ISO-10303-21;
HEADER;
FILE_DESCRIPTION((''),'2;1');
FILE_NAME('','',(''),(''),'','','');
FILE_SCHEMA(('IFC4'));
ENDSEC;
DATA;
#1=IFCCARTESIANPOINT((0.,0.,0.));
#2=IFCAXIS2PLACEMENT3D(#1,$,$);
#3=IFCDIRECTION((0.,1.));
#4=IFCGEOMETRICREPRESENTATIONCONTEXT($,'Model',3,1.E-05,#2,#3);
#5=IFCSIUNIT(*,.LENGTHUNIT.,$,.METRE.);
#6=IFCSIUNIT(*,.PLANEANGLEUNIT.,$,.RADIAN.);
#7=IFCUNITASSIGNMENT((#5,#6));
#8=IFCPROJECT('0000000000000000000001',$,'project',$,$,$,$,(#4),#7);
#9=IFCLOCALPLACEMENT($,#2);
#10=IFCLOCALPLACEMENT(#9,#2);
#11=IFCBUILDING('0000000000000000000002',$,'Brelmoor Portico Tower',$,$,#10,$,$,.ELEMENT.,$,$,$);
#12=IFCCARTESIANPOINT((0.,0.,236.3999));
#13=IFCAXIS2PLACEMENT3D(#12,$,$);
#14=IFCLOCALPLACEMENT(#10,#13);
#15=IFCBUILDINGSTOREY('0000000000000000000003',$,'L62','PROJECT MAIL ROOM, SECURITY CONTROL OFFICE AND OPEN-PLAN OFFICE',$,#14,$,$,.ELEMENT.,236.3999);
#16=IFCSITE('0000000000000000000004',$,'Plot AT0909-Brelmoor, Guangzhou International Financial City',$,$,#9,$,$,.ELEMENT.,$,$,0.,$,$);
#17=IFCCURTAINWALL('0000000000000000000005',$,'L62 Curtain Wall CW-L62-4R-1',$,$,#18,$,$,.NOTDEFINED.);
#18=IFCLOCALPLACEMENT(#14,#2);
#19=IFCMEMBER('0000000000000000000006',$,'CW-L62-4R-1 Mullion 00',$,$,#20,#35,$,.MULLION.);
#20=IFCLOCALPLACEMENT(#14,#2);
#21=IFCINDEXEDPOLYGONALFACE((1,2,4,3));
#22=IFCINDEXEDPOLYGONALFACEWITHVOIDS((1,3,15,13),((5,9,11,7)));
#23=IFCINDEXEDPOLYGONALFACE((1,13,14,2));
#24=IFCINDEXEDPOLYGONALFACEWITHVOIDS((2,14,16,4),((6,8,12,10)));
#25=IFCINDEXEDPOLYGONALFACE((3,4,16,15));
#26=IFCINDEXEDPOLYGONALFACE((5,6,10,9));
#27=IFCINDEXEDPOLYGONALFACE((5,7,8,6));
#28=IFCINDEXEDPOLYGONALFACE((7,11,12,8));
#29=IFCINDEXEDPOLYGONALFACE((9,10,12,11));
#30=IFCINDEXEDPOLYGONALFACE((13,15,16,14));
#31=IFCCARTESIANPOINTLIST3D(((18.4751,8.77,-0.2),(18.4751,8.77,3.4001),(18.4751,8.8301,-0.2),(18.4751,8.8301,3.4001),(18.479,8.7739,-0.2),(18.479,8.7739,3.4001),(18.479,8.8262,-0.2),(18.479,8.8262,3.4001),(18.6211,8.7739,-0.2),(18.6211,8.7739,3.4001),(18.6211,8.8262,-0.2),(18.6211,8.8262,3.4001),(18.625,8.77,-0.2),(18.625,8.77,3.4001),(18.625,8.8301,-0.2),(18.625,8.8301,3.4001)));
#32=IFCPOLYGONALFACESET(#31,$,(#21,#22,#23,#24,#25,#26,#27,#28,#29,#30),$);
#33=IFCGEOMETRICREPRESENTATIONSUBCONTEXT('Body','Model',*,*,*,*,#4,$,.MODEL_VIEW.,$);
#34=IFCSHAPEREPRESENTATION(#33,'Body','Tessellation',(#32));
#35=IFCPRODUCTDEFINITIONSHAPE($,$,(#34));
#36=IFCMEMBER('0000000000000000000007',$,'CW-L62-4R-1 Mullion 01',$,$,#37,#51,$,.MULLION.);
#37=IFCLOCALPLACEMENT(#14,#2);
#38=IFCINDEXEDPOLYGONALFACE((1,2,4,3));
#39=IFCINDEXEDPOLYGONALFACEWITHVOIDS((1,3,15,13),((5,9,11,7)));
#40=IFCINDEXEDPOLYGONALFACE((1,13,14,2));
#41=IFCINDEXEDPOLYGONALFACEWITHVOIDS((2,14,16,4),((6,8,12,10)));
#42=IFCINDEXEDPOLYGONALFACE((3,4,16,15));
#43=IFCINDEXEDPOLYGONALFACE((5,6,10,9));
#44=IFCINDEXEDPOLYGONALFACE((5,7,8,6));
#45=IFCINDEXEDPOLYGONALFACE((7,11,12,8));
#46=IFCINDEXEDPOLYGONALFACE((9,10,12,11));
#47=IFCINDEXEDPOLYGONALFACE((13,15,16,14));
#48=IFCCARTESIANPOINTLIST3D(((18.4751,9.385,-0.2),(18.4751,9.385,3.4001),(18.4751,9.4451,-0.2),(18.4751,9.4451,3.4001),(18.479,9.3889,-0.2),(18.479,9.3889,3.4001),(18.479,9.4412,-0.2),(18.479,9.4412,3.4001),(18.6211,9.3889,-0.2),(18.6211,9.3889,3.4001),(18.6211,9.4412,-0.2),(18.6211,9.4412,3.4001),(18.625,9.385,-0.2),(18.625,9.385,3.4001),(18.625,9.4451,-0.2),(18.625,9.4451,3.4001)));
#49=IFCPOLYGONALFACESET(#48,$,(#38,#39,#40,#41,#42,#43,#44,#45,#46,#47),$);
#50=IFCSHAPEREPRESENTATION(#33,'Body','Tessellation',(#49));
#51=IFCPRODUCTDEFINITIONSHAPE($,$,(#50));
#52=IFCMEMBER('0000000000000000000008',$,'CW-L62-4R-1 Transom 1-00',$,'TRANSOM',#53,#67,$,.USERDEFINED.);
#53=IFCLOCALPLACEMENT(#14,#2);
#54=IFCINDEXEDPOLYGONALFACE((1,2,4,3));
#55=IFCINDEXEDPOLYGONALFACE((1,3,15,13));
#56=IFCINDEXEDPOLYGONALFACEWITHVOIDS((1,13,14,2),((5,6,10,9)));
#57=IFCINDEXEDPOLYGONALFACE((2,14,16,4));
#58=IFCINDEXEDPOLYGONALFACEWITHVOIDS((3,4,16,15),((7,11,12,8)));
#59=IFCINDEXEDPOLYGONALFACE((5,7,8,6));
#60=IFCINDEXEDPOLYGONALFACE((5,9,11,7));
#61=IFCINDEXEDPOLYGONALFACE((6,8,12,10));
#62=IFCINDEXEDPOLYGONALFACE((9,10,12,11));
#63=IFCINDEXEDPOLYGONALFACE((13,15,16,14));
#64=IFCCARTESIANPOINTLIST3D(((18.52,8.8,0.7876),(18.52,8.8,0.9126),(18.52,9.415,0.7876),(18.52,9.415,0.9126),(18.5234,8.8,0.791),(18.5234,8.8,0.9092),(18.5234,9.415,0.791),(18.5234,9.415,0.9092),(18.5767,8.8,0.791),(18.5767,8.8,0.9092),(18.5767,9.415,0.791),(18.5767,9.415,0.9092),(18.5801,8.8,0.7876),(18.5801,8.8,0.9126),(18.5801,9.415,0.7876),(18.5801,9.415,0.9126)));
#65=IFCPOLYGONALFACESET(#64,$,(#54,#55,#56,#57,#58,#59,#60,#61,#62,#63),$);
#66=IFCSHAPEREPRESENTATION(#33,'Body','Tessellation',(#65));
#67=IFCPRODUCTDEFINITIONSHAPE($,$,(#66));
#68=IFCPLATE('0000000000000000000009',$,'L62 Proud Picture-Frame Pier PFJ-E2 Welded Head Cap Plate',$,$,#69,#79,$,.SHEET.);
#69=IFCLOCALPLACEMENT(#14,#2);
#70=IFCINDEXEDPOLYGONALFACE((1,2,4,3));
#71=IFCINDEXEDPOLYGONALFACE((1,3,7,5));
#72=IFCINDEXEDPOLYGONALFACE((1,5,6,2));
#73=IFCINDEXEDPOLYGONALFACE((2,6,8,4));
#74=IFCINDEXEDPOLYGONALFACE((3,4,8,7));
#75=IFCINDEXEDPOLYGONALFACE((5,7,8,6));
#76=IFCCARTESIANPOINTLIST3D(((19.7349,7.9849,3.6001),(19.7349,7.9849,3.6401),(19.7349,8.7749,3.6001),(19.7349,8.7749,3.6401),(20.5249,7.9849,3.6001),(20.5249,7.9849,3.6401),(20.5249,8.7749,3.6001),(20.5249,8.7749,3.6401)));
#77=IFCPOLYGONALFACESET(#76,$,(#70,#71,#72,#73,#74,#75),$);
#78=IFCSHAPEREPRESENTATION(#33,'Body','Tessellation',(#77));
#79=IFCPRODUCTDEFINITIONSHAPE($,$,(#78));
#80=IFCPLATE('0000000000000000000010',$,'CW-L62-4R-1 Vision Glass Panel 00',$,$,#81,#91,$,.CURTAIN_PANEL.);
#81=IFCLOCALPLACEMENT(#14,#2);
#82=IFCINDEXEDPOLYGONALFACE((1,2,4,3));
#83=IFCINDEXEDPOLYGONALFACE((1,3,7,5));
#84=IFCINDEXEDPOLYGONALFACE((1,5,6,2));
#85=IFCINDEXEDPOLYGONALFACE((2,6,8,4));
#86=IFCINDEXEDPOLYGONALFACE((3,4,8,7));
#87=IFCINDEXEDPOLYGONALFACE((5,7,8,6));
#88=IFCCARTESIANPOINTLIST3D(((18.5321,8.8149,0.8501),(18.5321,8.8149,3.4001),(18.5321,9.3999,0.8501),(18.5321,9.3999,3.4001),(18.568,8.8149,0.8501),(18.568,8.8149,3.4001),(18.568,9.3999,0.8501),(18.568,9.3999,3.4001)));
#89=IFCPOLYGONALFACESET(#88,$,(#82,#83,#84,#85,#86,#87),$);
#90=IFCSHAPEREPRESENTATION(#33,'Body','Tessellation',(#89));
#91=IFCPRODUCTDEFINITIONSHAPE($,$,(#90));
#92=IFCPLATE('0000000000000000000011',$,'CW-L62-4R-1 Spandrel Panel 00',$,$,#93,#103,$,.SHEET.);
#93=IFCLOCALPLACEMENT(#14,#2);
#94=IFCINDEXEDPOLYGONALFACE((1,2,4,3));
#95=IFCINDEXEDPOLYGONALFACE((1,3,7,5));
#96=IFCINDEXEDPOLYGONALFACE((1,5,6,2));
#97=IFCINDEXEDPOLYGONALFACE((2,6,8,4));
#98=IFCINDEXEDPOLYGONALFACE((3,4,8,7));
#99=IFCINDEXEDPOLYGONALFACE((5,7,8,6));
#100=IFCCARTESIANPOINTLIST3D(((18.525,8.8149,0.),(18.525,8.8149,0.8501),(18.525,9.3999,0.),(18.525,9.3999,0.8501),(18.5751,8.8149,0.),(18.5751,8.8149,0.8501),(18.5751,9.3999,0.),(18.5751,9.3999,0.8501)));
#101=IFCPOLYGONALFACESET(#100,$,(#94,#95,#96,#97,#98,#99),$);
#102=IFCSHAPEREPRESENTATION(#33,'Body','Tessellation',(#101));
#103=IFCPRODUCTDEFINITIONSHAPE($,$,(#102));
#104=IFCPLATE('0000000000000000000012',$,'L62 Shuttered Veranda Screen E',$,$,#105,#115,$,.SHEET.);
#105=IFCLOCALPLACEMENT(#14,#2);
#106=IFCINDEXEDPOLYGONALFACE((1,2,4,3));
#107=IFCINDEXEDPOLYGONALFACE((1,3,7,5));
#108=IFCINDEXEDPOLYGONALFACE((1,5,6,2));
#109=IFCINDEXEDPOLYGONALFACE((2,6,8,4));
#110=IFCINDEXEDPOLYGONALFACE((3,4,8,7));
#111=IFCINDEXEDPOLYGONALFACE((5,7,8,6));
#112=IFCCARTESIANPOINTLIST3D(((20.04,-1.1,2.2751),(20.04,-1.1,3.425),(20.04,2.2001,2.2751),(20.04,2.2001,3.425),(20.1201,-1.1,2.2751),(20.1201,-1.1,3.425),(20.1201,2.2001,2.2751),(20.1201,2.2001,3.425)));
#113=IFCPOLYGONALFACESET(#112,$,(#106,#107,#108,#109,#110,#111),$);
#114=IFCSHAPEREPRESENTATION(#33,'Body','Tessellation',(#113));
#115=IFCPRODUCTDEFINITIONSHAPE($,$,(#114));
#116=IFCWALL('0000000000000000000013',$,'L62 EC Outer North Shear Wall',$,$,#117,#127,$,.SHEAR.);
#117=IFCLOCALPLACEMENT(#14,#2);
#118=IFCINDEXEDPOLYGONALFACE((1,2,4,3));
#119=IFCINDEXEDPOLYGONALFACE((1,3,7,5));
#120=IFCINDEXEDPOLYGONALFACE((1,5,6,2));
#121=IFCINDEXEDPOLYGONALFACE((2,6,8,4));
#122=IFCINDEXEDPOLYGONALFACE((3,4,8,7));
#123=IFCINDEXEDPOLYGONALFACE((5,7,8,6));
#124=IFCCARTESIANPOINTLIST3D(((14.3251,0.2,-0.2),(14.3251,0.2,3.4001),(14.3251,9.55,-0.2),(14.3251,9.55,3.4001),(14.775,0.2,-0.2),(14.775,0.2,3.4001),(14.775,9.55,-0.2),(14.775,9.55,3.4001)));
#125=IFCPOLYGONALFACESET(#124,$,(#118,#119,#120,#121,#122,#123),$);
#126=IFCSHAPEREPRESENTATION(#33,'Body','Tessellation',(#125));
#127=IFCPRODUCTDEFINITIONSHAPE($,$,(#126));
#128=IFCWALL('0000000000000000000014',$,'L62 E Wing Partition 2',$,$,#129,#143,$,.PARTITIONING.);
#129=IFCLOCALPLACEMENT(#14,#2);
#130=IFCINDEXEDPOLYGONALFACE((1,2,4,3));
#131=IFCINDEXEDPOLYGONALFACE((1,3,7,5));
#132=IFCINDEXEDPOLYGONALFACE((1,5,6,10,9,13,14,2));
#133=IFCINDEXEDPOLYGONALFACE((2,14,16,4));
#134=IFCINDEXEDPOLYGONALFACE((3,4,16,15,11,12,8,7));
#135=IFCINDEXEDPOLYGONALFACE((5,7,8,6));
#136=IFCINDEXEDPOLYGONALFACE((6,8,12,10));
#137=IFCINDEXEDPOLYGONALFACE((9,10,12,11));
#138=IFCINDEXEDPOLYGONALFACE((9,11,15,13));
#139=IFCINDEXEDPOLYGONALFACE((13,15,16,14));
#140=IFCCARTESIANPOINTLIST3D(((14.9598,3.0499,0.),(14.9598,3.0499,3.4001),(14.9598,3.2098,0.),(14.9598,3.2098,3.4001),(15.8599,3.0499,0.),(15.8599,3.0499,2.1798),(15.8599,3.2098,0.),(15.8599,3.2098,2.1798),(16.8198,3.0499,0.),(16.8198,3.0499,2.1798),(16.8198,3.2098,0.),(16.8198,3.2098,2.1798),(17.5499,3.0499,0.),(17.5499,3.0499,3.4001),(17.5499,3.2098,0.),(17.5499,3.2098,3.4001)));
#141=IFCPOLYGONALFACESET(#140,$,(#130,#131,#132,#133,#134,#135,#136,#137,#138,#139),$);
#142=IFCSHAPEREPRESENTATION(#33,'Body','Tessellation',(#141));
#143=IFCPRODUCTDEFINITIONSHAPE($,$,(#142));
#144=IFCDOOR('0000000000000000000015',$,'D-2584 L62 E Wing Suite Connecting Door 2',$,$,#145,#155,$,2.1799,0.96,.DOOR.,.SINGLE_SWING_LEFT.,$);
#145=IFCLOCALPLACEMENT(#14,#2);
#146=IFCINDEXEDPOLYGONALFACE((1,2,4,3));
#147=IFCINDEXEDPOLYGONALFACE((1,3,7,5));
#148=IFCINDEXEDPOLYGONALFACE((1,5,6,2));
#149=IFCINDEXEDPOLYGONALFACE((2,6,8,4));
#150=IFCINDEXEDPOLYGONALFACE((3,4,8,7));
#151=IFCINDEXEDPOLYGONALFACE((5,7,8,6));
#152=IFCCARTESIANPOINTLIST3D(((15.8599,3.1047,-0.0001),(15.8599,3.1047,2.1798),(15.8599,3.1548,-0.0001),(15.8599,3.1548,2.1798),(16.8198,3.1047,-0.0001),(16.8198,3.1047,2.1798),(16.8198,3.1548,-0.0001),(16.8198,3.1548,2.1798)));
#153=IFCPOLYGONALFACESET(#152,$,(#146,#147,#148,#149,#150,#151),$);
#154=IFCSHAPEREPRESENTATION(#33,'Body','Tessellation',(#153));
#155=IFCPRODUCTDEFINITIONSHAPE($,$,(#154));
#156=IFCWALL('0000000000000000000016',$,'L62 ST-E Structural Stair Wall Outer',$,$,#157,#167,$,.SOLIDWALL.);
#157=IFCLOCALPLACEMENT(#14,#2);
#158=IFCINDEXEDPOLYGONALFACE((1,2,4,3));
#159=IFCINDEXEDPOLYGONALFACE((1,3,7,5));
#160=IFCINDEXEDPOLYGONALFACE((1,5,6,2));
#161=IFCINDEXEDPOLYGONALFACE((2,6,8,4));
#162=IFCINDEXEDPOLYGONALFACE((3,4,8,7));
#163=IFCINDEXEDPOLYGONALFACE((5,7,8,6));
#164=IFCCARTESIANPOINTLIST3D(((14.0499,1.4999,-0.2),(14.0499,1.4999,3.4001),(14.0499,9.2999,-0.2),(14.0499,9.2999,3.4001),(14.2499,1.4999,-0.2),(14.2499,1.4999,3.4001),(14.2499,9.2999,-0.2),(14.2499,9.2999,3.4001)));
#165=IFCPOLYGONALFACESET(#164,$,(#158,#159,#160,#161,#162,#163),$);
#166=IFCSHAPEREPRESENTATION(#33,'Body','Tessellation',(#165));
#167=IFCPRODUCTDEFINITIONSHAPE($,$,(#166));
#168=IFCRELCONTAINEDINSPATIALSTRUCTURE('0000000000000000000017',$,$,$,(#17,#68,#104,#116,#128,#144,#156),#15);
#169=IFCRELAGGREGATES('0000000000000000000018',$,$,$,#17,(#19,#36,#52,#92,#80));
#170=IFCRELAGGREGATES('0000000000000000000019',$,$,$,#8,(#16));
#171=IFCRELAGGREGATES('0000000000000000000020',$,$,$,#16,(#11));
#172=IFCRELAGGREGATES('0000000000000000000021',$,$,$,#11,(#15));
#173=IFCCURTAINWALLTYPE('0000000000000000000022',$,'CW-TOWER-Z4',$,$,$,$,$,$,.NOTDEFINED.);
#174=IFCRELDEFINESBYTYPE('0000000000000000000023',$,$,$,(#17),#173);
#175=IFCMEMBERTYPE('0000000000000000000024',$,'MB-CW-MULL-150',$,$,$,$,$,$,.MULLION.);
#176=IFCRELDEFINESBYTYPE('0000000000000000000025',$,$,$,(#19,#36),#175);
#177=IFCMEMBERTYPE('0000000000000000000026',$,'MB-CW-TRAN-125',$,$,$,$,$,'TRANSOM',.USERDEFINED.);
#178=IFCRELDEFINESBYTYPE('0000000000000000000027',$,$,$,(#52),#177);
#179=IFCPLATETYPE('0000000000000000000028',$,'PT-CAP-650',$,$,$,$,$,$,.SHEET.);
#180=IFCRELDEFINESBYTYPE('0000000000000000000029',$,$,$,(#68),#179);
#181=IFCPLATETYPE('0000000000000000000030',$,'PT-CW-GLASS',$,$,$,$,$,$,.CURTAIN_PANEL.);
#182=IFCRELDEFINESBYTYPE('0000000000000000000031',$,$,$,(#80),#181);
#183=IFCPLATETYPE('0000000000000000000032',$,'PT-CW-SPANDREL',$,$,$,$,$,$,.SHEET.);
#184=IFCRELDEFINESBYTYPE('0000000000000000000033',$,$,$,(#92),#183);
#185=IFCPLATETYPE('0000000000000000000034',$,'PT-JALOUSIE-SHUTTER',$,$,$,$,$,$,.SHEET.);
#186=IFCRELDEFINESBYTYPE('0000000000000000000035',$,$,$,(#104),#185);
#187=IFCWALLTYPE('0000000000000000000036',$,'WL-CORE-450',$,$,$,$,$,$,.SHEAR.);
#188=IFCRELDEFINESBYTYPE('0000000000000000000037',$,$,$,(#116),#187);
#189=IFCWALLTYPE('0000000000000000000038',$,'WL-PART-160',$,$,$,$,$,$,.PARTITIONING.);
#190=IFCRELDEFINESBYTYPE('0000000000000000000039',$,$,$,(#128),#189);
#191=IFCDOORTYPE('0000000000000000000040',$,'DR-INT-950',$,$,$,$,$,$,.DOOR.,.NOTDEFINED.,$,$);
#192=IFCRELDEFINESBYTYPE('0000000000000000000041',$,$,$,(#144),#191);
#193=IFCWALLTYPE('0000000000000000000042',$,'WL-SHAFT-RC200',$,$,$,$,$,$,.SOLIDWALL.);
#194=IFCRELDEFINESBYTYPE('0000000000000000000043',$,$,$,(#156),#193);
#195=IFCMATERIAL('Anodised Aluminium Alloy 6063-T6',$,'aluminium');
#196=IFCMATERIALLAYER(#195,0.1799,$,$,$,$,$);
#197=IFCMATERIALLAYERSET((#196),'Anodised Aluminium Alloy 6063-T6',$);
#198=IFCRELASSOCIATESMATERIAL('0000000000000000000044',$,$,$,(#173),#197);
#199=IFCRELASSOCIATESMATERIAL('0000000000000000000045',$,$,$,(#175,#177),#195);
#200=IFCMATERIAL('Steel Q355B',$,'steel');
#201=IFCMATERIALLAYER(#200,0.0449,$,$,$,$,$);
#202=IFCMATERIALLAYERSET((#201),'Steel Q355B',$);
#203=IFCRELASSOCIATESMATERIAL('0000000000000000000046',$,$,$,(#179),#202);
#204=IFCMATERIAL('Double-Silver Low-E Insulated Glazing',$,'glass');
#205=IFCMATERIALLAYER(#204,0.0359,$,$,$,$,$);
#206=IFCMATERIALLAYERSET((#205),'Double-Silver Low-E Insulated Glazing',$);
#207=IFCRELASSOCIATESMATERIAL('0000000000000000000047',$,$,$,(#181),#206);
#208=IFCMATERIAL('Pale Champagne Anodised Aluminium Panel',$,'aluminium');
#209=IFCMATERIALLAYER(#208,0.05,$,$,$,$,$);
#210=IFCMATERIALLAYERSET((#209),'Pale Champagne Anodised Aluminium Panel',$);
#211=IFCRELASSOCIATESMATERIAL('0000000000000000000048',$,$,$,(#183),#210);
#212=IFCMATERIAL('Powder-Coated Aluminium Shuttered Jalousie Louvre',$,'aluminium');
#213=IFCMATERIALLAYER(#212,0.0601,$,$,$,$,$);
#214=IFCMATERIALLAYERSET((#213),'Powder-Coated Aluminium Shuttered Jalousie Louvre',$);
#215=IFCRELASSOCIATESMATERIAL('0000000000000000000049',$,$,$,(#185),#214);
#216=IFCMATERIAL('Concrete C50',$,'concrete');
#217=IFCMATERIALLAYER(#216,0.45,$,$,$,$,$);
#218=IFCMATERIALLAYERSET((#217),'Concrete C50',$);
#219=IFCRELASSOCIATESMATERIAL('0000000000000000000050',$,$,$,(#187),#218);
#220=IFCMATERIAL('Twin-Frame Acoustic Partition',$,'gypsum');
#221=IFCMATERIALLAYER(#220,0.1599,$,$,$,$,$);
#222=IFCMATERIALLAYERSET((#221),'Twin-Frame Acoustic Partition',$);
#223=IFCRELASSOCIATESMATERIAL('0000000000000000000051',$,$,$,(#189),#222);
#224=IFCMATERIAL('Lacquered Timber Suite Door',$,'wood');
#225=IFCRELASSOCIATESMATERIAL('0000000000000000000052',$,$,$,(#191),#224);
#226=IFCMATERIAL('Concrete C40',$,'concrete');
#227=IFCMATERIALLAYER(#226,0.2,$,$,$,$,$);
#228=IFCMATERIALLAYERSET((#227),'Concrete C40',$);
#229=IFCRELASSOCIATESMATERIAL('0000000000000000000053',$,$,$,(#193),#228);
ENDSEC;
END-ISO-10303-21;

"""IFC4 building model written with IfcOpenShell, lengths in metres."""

from ifc_helpers import new_model, si_unit, direction, frame, frame_2d, origin, origin_2d, place, context, subcontext, project, spatial, rectangle, hollow_rectangle, extrude, material, layer, layer_set, material_profile, profile_set, type_object, element, fill, aggregate, save


model = new_model("IFC4")

# Units and contexts
model_context = context("Model", 3, precision=1e-05, world=origin(), true_north=direction((0.0, 1.0)))
body_context = subcontext(model_context, "Body", "Model", "MODEL_VIEW")
ifc_project = project(units=[si_unit("LENGTHUNIT", "METRE"), si_unit("PLANEANGLEUNIT", "RADIAN")], contexts=[model_context])

# Site, building, storey
site_placement = place(None, origin())
site = spatial("IfcSite", under=ifc_project, at=site_placement, Name="Plot AT0909-Brelmoor, Guangzhou International Financial City", CompositionType="ELEMENT", RefElevation=0.0)
building_placement = place(site_placement, origin())
building = spatial("IfcBuilding", under=site, at=building_placement, Name="Brelmoor Portico Tower", CompositionType="ELEMENT")
storey_placement = place(building_placement, frame((0.0, 0.0, 236.3999)))
storey = spatial("IfcBuildingStorey", under=building, at=storey_placement, Name="L62", Description="PROJECT MAIL ROOM, SECURITY CONTROL OFFICE AND OPEN-PLAN OFFICE", CompositionType="ELEMENT", Elevation=236.3999)

# Shared definitions
ifc_material_1 = material(Name="Steel Q355B", Category="steel")

# Curtain wall, members
ifc_material_2 = material(Name="Anodised Aluminium Alloy 6063-T6", Category="aluminium")
ifc_layer_1 = layer(ifc_material_2, 0.1799)
ifc_layer_set_1 = layer_set([ifc_layer_1], Name="Anodised Aluminium Alloy 6063-T6")
curtain_wall_type = type_object("IfcCurtainWallType", Name="CW-TOWER-Z4", PredefinedType="NOTDEFINED", material=ifc_layer_set_1)
curtain_wall_placement = place(storey_placement, origin())
curtain_wall = element("IfcCurtainWall", 1, at=curtain_wall_placement, inside=storey, type_object=curtain_wall_type, Name="L62 Curtain Wall CW-L62-4R-1", PredefinedType="NOTDEFINED")
ifc_material_profile_1 = material_profile(ifc_material_2, hollow_rectangle(XDim=0.0601, YDim=0.1499, WallThickness=0.0039, at=origin_2d()), Name="ALU MULLION 60x150")
ifc_profile_set_1 = profile_set([ifc_material_profile_1], Name="Anodised Aluminium Alloy 6063-T6")
member_type_1 = type_object("IfcMemberType", Name="MB-CW-MULL-150", PredefinedType="MULLION", material=ifc_profile_set_1)
member_1_placement = place(storey_placement, frame((18.55, 8.8, -0.2), z_axis=(0.0, 0.0, 1.0), x_axis=(0.0, 1.0, 0.0)))
member_1 = element("IfcMember", 2, at=member_1_placement, type_object=member_type_1, Name="CW-L62-4R-1 Mullion 00", PredefinedType="MULLION", context=body_context, shape_type="SweptSolid", body=[
    extrude(hollow_rectangle(XDim=0.0601, YDim=0.1499, WallThickness=0.0039, at=origin_2d()), origin(), (0.0, 0.0, 1.0), 3.6001),
])
member_2_placement = place(storey_placement, frame((18.55, 9.415, -0.2), z_axis=(0.0, 0.0, 1.0), x_axis=(0.0, 1.0, 0.0)))
member_2 = element("IfcMember", 3, at=member_2_placement, type_object=member_type_1, Name="CW-L62-4R-1 Mullion 01", PredefinedType="MULLION", context=body_context, shape_type="SweptSolid", body=[
    extrude(hollow_rectangle(XDim=0.0601, YDim=0.1499, WallThickness=0.0039, at=origin_2d()), origin(), (0.0, 0.0, 1.0), 3.6001),
])
ifc_material_profile_2 = material_profile(ifc_material_2, hollow_rectangle(XDim=0.0601, YDim=0.125, WallThickness=0.0034, at=origin_2d()), Name="ALU TRANSOM 60x125")
ifc_profile_set_2 = profile_set([ifc_material_profile_2], Name="Anodised Aluminium Alloy 6063-T6")
member_type_2 = type_object("IfcMemberType", Name="MB-CW-TRAN-125", ElementType="TRANSOM", PredefinedType="USERDEFINED", material=ifc_profile_set_2)
member_3_placement = place(storey_placement, frame((18.55, 8.8, 0.8501), z_axis=(0.0, 1.0, 0.0), x_axis=(-1.0, 0.0, 0.0)))
member_3 = element("IfcMember", 4, at=member_3_placement, type_object=member_type_2, Name="CW-L62-4R-1 Transom 1-00", ObjectType="TRANSOM", PredefinedType="USERDEFINED", context=body_context, shape_type="SweptSolid", body=[
    extrude(hollow_rectangle(XDim=0.0601, YDim=0.125, WallThickness=0.0034, at=origin_2d()), origin(), (0.0, 0.0, 1.0), 0.615),
])

# Plates
ifc_layer_2 = layer(ifc_material_1, 0.0449)
ifc_layer_set_2 = layer_set([ifc_layer_2], Name="Steel Q355B")
plate_type_1 = type_object("IfcPlateType", Name="PT-CAP-650", PredefinedType="SHEET", material=ifc_layer_set_2)
plate_1_placement = place(storey_placement, frame((20.1299, 8.3799, 3.6001), z_axis=(0.0, 0.0, 1.0), x_axis=(0.0, 1.0, 0.0)))
element("IfcPlate", 5, at=plate_1_placement, inside=storey, type_object=plate_type_1, Name="L62 Proud Picture-Frame Pier PFJ-E2 Welded Head Cap Plate", PredefinedType="SHEET", context=body_context, shape_type="SweptSolid", body=[
    extrude(rectangle(XDim=0.79, YDim=0.79, at=origin_2d()), origin(), (0.0, 0.0, 1.0), 0.04),
])
ifc_material_3 = material(Name="Double-Silver Low-E Insulated Glazing", Category="glass")
ifc_layer_3 = layer(ifc_material_3, 0.0359)
ifc_layer_set_3 = layer_set([ifc_layer_3], Name="Double-Silver Low-E Insulated Glazing")
plate_type_2 = type_object("IfcPlateType", Name="PT-CW-GLASS", PredefinedType="CURTAIN_PANEL", material=ifc_layer_set_3)
plate_2_placement = place(storey_placement, frame((18.55, 9.1074, 0.8501), z_axis=(0.0, 0.0, 1.0), x_axis=(0.0, 1.0, 0.0)))
plate_2 = element("IfcPlate", 6, at=plate_2_placement, type_object=plate_type_2, Name="CW-L62-4R-1 Vision Glass Panel 00", PredefinedType="CURTAIN_PANEL", context=body_context, shape_type="SweptSolid", body=[
    extrude(rectangle(XDim=0.585, YDim=0.0359, at=origin_2d()), origin(), (0.0, 0.0, 1.0), 2.55),
])
ifc_material_4 = material(Name="Pale Champagne Anodised Aluminium Panel", Category="aluminium")
ifc_layer_4 = layer(ifc_material_4, 0.05)
ifc_layer_set_4 = layer_set([ifc_layer_4], Name="Pale Champagne Anodised Aluminium Panel")
plate_type_3 = type_object("IfcPlateType", Name="PT-CW-SPANDREL", PredefinedType="SHEET", material=ifc_layer_set_4)
plate_3_placement = place(storey_placement, frame((18.55, 9.1074, 0.0), z_axis=(0.0, 0.0, 1.0), x_axis=(0.0, 1.0, 0.0)))
plate_3 = element("IfcPlate", 7, at=plate_3_placement, type_object=plate_type_3, Name="CW-L62-4R-1 Spandrel Panel 00", PredefinedType="SHEET", context=body_context, shape_type="SweptSolid", body=[
    extrude(rectangle(XDim=0.585, YDim=0.05, at=origin_2d()), origin(), (0.0, 0.0, 1.0), 0.8501),
])
aggregate(curtain_wall, [member_1, member_2, member_3, plate_3, plate_2])
ifc_material_5 = material(Name="Powder-Coated Aluminium Shuttered Jalousie Louvre", Category="aluminium")
ifc_layer_5 = layer(ifc_material_5, 0.0601)
ifc_layer_set_5 = layer_set([ifc_layer_5], Name="Powder-Coated Aluminium Shuttered Jalousie Louvre")
plate_type_4 = type_object("IfcPlateType", Name="PT-JALOUSIE-SHUTTER", PredefinedType="SHEET", material=ifc_layer_set_5)
plate_4_placement = place(storey_placement, frame((20.0801, 0.55, 2.2751), z_axis=(0.0, 0.0, 1.0), x_axis=(0.0, 1.0, 0.0)))
element("IfcPlate", 8, at=plate_4_placement, inside=storey, type_object=plate_type_4, Name="L62 Shuttered Veranda Screen E", PredefinedType="SHEET", context=body_context, shape_type="SweptSolid", body=[
    extrude(rectangle(XDim=3.3, YDim=0.0801, at=origin_2d()), origin(), (0.0, 0.0, 1.0), 1.1499),
])

# Wall
ifc_material_6 = material(Name="Concrete C50", Category="concrete")
ifc_layer_6 = layer(ifc_material_6, 0.45)
ifc_layer_set_6 = layer_set([ifc_layer_6], Name="Concrete C50")
wall_type_1 = type_object("IfcWallType", Name="WL-CORE-450", PredefinedType="SHEAR", material=ifc_layer_set_6)
wall_1_placement = place(storey_placement, frame((14.55, 0.2, -0.2), z_axis=(0.0, 0.0, 1.0), x_axis=(0.0, 1.0, 0.0)))
element("IfcWall", 9, at=wall_1_placement, inside=storey, type_object=wall_type_1, Name="L62 EC Outer North Shear Wall", PredefinedType="SHEAR", context=body_context, shape_type="SweptSolid", body=[
    extrude(rectangle(XDim=9.3501, YDim=0.45, at=frame_2d((4.675, 0.0))), origin(), (0.0, 0.0, 1.0), 3.6001),
])

# Wall, opening, door
ifc_material_7 = material(Name="Twin-Frame Acoustic Partition", Category="gypsum")
ifc_layer_7 = layer(ifc_material_7, 0.1599)
ifc_layer_set_7 = layer_set([ifc_layer_7], Name="Twin-Frame Acoustic Partition")
wall_type_2 = type_object("IfcWallType", Name="WL-PART-160", PredefinedType="PARTITIONING", material=ifc_layer_set_7)
wall_2_placement = place(storey_placement, frame((14.96, 3.1299, 0.0), z_axis=(0.0, 0.0, 1.0), x_axis=(1.0, 0.0, 0.0)))
wall_2 = element("IfcWall", 10, at=wall_2_placement, inside=storey, type_object=wall_type_2, Name="L62 E Wing Partition 2", PredefinedType="PARTITIONING", context=body_context, shape_type="SweptSolid", body=[
    extrude(rectangle(XDim=2.5901, YDim=0.1599, at=frame_2d((1.2949, 0.0))), origin(), (0.0, 0.0, 1.0), 3.4001),
])
opening_placement = place(wall_2_placement, frame((0.8999, 0.0, 0.0)))
opening = element("IfcOpeningElement", 11, at=opening_placement, cuts=wall_2, PredefinedType="OPENING", context=body_context, shape_type="SweptSolid", body=[
    extrude(rectangle(XDim=0.96, YDim=2.1799, at=frame_2d((0.48, 1.0898))), frame((0.0, 0.0898, 0.0), z_axis=(0.0, -1.0, 0.0), x_axis=(1.0, 0.0, 0.0)), (0.0, 0.0, 1.0), 0.1799),
])
ifc_material_8 = material(Name="Lacquered Timber Suite Door", Category="wood")
door_type = type_object("IfcDoorType", Name="DR-INT-950", OperationType="NOTDEFINED", PredefinedType="DOOR", material=ifc_material_8)
door_placement = place(opening_placement, origin())
door = element("IfcDoor", 12, at=door_placement, inside=storey, type_object=door_type, Name="D-2584 L62 E Wing Suite Connecting Door 2", OperationType="SINGLE_SWING_LEFT", OverallHeight=2.1799, OverallWidth=0.96, PredefinedType="DOOR", context=body_context, shape_type="SweptSolid", body=[
    extrude(rectangle(XDim=0.96, YDim=2.1799, at=frame_2d((0.48, 1.0898))), frame((0.0, 0.0249, 0.0), z_axis=(0.0, -1.0, 0.0), x_axis=(1.0, 0.0, 0.0)), (0.0, 0.0, 1.0), 0.05),
])
fill(opening, door)

# Wall
ifc_material_9 = material(Name="Concrete C40", Category="concrete")
ifc_layer_8 = layer(ifc_material_9, 0.2)
ifc_layer_set_8 = layer_set([ifc_layer_8], Name="Concrete C40")
wall_type_3 = type_object("IfcWallType", Name="WL-SHAFT-RC200", PredefinedType="SOLIDWALL", material=ifc_layer_set_8)
wall_3_placement = place(storey_placement, frame((14.1499, 1.5, -0.2), z_axis=(0.0, 0.0, 1.0), x_axis=(0.0, 1.0, 0.0)))
element("IfcWall", 13, at=wall_3_placement, inside=storey, type_object=wall_type_3, Name="L62 ST-E Structural Stair Wall Outer", PredefinedType="SOLIDWALL", context=body_context, shape_type="SweptSolid", body=[
    extrude(rectangle(XDim=7.8, YDim=0.2, at=frame_2d((3.8999, 0.0))), origin(), (0.0, 0.0, 1.0), 3.6001),
])

save(model, "model.ifc")
